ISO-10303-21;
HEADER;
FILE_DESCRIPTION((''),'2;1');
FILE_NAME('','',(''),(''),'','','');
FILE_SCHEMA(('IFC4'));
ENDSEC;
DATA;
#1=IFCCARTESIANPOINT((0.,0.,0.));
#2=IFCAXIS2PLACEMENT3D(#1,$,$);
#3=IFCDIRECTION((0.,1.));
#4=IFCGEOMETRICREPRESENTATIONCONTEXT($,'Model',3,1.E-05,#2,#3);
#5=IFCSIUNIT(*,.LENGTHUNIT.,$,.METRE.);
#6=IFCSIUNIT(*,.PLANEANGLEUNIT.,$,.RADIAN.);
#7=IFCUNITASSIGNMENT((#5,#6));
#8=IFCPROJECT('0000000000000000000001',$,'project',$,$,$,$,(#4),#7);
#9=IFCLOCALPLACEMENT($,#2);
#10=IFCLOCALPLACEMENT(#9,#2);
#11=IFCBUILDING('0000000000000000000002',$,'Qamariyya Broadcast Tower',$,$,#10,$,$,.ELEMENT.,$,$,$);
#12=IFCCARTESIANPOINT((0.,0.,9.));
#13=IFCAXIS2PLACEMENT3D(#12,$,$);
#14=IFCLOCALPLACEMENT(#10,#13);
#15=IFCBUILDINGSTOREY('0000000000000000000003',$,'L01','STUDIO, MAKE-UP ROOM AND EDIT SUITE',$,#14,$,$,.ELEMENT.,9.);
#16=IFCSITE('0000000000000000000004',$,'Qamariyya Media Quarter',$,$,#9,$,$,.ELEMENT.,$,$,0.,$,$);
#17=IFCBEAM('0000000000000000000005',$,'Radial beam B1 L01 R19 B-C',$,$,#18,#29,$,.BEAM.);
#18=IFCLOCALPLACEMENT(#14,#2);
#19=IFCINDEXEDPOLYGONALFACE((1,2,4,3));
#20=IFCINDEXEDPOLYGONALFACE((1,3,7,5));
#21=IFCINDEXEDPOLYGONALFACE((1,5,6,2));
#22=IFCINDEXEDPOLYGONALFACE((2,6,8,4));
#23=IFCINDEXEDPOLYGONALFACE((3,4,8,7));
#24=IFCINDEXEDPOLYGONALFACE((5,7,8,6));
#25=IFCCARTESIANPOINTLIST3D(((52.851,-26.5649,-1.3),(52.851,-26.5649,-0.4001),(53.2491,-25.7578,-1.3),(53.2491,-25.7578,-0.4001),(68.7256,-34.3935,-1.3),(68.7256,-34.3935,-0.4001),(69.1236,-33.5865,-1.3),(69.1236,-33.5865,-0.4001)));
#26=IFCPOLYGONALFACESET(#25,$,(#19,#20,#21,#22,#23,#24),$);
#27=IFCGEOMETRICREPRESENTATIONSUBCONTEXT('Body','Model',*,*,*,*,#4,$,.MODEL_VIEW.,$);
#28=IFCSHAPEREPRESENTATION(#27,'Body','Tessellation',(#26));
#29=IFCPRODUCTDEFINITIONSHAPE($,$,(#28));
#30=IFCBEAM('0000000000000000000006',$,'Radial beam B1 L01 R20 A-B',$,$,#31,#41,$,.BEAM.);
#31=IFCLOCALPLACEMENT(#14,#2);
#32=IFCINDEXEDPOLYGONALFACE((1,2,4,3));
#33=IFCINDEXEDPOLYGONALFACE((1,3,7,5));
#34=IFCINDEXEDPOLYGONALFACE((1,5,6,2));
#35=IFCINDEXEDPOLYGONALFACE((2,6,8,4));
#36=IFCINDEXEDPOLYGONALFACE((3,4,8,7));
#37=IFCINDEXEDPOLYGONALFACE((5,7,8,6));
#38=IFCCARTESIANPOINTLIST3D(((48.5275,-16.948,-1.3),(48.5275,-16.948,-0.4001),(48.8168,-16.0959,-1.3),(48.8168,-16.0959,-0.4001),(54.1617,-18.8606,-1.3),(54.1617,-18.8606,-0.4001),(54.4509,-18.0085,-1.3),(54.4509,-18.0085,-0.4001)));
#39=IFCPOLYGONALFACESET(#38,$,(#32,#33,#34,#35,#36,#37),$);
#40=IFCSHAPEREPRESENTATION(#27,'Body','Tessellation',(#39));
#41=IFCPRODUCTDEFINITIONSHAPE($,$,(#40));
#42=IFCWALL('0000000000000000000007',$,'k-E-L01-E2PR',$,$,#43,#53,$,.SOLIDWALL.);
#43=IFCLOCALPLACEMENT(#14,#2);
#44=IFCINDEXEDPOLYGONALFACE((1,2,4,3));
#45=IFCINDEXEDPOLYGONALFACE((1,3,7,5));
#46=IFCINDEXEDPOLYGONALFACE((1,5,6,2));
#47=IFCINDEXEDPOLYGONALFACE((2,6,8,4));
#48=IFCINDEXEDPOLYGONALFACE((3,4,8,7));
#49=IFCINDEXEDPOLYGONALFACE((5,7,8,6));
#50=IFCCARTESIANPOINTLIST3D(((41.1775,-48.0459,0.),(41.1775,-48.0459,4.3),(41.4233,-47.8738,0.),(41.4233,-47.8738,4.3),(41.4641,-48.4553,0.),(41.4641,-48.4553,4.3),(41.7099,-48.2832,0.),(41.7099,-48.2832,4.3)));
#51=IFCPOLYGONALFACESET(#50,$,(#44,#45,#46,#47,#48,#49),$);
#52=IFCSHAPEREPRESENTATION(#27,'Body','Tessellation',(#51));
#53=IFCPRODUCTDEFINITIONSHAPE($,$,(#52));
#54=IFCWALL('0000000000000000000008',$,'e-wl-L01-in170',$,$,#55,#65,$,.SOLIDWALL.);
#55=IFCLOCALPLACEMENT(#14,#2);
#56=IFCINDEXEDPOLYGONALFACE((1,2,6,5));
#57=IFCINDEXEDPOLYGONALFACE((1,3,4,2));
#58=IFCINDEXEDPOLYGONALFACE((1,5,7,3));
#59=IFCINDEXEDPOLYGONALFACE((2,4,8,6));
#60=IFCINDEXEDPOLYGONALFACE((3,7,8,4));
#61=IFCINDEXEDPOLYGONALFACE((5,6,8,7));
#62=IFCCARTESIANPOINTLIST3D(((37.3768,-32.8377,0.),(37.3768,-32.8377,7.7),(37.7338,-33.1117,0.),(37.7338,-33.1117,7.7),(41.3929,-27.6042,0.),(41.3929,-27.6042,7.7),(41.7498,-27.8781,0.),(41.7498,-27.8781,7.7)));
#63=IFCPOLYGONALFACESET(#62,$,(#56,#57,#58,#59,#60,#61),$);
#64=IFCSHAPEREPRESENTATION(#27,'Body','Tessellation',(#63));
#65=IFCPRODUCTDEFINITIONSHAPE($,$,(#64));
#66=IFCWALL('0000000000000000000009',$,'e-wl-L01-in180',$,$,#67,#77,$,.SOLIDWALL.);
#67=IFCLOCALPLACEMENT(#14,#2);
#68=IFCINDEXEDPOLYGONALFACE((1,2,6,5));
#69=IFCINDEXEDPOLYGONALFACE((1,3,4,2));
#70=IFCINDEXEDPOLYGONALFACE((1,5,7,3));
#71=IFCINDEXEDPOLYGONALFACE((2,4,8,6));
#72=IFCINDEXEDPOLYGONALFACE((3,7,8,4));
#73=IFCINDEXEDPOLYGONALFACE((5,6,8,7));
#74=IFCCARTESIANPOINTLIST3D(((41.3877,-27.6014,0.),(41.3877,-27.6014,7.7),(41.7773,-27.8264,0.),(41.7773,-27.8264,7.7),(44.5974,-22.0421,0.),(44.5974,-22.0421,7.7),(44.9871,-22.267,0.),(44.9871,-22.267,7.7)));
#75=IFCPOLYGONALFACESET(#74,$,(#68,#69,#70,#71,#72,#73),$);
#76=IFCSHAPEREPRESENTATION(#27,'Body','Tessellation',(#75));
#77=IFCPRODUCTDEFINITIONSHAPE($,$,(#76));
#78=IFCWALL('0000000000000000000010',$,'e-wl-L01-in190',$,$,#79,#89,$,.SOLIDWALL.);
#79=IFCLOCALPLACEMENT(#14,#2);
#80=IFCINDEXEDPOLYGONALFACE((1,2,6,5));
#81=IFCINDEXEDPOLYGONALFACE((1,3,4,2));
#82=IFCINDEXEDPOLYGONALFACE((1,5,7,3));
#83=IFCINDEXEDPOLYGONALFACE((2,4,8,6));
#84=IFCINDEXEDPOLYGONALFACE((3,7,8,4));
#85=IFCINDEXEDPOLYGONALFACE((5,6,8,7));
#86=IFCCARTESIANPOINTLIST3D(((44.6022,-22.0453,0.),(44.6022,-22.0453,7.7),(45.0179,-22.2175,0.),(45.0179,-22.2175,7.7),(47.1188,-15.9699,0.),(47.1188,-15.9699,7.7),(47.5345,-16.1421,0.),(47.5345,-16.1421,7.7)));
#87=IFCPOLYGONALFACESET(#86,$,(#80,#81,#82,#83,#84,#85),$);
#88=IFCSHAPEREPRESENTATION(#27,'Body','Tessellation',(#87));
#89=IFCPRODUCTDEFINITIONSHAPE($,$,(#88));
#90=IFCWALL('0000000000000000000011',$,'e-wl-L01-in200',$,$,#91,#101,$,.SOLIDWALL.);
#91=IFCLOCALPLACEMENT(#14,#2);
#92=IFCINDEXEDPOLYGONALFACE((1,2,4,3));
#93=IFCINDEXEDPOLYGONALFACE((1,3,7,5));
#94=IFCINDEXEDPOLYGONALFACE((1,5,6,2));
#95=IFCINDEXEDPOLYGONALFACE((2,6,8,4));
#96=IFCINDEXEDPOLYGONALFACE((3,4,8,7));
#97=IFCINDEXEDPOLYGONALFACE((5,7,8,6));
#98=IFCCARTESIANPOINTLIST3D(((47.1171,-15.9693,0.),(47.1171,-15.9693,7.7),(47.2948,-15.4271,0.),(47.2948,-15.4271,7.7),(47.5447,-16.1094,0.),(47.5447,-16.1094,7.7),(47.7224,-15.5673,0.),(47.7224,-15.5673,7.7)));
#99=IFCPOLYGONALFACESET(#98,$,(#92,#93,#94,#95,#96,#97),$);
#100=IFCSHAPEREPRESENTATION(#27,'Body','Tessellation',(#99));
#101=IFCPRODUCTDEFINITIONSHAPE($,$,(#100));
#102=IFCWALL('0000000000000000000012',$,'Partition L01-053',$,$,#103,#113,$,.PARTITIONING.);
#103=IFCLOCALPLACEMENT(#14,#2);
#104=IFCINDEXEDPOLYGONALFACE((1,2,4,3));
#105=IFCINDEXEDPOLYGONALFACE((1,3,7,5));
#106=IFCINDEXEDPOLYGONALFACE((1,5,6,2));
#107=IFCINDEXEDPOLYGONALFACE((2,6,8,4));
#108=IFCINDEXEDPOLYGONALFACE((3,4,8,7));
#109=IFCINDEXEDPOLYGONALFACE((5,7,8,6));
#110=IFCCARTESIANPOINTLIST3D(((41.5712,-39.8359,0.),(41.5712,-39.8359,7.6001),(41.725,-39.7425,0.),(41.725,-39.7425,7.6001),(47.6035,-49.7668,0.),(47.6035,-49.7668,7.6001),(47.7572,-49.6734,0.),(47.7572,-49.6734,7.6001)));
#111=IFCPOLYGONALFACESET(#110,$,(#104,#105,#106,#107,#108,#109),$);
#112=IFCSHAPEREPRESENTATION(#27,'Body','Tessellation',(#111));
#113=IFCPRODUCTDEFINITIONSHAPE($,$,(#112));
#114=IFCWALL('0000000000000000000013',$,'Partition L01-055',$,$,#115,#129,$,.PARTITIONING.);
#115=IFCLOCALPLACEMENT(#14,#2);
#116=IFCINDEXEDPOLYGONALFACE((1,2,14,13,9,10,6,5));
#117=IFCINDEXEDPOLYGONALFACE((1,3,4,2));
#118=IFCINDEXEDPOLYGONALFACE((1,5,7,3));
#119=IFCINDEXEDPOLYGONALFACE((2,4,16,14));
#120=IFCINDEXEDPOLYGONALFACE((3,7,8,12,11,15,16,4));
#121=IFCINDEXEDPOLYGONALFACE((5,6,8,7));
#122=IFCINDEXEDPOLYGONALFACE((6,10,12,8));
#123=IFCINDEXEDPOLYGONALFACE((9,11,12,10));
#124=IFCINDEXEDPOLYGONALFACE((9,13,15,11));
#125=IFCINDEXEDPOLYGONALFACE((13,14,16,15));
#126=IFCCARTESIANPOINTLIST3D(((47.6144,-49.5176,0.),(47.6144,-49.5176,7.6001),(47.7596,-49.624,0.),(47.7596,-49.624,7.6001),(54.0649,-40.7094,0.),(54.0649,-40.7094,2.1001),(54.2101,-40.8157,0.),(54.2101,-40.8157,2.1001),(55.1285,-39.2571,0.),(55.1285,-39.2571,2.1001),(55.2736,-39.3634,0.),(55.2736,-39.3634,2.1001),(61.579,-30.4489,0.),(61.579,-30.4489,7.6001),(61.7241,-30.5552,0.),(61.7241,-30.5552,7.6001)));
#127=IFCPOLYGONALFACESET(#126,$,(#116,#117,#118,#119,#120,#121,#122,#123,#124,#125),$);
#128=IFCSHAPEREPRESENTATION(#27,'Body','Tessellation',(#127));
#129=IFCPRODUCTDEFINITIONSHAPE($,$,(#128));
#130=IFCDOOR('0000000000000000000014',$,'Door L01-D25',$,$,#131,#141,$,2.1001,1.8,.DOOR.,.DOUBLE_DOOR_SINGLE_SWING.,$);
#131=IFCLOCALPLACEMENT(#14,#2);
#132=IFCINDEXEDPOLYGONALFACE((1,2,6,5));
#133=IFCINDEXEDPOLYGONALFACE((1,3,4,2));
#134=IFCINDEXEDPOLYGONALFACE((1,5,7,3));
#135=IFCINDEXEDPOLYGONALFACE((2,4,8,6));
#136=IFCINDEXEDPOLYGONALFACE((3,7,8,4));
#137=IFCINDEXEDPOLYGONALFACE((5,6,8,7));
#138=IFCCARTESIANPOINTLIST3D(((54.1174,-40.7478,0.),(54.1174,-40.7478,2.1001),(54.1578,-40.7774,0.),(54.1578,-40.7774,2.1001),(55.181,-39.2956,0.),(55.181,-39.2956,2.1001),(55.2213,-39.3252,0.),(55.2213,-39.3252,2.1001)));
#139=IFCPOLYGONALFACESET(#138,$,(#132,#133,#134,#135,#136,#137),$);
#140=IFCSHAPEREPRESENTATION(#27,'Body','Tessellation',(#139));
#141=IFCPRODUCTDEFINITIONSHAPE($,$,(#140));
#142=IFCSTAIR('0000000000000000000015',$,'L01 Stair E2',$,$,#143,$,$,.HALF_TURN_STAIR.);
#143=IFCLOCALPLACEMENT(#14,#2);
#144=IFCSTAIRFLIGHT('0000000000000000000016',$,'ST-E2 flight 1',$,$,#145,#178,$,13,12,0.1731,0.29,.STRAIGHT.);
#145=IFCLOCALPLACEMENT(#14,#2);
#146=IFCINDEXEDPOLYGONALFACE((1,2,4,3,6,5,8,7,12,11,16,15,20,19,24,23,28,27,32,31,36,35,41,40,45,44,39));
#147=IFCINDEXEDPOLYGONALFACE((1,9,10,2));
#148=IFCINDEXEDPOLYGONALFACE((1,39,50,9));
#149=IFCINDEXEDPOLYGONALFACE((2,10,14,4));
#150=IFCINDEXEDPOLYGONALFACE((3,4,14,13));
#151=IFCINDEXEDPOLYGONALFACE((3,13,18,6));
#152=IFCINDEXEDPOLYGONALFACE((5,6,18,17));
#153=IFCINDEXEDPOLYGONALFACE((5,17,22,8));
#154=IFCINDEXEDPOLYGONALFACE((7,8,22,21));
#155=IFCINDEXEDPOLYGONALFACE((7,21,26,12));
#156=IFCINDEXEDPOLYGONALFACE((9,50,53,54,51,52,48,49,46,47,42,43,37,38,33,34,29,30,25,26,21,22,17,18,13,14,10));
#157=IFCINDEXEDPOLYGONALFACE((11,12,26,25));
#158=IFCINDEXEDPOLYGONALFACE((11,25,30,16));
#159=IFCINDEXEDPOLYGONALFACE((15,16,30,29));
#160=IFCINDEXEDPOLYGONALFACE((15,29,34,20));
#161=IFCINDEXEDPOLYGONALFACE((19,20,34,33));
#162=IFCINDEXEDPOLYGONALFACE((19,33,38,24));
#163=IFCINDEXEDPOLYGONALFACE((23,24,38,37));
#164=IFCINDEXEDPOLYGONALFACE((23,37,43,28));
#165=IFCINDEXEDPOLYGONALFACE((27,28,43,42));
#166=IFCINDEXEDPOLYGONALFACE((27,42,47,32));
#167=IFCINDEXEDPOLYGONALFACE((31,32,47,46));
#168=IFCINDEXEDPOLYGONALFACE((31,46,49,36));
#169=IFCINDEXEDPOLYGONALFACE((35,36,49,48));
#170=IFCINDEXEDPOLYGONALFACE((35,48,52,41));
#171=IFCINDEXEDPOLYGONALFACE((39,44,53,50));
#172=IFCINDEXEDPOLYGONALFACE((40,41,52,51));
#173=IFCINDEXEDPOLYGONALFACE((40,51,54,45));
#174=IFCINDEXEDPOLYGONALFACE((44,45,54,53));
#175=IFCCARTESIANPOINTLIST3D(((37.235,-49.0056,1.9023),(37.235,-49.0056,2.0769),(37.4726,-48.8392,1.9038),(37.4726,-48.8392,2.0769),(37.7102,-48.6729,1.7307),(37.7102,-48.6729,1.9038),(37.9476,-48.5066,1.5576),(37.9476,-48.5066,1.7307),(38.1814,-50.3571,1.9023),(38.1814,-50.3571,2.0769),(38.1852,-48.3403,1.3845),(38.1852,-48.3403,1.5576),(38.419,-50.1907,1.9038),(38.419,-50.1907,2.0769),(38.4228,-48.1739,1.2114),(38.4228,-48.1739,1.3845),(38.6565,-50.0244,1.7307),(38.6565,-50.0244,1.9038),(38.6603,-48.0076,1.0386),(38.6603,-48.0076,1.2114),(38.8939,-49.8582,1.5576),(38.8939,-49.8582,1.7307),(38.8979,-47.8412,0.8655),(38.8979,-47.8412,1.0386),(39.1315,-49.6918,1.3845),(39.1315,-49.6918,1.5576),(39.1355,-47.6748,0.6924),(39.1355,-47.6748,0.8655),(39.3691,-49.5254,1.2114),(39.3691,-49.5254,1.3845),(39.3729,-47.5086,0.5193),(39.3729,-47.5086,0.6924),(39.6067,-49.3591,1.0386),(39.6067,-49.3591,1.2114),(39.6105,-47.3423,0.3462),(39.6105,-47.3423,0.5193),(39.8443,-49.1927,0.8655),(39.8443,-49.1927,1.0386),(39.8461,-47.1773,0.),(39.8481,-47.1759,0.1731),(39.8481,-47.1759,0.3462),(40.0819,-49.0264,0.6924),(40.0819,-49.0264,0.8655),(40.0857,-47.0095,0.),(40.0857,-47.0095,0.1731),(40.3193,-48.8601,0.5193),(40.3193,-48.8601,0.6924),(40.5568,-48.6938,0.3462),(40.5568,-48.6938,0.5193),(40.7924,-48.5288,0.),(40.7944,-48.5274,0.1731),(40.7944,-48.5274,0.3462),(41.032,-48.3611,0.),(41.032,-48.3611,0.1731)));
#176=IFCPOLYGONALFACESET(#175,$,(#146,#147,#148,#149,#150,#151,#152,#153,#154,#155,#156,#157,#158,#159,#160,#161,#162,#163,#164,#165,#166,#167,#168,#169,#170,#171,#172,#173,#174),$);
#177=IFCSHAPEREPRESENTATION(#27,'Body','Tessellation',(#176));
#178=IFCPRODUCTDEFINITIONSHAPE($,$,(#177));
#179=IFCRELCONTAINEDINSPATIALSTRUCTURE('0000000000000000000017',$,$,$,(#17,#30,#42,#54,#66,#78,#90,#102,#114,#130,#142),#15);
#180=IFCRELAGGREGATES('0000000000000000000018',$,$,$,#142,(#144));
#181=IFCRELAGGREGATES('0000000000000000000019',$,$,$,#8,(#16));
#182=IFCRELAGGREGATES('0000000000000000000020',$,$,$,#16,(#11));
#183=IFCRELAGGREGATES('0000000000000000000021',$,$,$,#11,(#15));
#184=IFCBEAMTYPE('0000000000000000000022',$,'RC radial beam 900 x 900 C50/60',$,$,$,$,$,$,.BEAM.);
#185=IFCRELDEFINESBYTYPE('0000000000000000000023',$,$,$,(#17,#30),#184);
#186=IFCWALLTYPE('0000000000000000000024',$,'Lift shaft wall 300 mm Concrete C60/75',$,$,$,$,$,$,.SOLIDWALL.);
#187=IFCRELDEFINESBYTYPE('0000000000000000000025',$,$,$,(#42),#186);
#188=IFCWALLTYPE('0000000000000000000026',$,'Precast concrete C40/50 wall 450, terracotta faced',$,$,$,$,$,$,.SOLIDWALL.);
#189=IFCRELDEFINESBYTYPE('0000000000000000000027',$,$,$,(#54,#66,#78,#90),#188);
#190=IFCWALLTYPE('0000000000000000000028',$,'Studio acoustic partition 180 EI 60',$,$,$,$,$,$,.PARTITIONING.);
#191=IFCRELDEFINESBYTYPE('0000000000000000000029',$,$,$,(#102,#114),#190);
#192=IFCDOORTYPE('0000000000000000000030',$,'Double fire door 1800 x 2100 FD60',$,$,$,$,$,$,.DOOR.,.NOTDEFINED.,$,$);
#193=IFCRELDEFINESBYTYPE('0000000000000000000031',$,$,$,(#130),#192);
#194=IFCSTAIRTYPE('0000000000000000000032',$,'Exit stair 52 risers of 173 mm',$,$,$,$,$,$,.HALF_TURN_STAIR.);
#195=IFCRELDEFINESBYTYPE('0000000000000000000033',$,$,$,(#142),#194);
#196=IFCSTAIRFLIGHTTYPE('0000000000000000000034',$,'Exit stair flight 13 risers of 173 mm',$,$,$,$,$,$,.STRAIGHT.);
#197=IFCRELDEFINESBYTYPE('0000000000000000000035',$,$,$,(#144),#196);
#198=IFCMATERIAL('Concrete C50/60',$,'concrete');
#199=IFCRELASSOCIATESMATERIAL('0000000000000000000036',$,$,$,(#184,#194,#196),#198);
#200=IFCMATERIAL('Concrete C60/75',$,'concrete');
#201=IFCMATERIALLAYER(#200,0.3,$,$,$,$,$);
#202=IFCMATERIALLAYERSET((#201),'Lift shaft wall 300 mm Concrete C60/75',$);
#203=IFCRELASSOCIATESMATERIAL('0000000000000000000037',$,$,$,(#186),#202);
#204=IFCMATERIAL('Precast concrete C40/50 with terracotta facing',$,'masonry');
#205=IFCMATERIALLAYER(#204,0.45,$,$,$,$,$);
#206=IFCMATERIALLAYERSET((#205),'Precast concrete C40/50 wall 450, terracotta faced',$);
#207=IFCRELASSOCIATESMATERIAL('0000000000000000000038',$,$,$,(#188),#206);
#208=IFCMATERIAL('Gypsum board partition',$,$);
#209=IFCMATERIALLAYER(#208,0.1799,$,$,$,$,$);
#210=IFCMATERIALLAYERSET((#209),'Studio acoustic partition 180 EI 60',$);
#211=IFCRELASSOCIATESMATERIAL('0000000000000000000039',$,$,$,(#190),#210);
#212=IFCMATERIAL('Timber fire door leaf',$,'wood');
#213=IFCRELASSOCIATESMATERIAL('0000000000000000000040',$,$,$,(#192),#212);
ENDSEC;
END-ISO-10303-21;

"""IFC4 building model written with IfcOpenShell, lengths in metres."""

from ifc_helpers import new_model, si_unit, direction, frame, frame_2d, origin, origin_2d, place, context, subcontext, project, spatial, polyline, rectangle, outline, extrude, material, layer, layer_set, material_profile, profile_set, type_object, element, fill, aggregate, save


model = new_model("IFC4")

# Units and contexts
model_context = context("Model", 3, precision=1e-05, world=origin(), true_north=direction((0.0, 1.0)))
body_context = subcontext(model_context, "Body", "Model", "MODEL_VIEW")
ifc_project = project(units=[si_unit("LENGTHUNIT", "METRE"), si_unit("PLANEANGLEUNIT", "RADIAN")], contexts=[model_context])

# Site, building, storey
site_placement = place(None, origin())
site = spatial("IfcSite", under=ifc_project, at=site_placement, Name="Qamariyya Media Quarter", CompositionType="ELEMENT", RefElevation=0.0)
building_placement = place(site_placement, origin())
building = spatial("IfcBuilding", under=site, at=building_placement, Name="Qamariyya Broadcast Tower", CompositionType="ELEMENT")
storey_placement = place(building_placement, frame((0.0, 0.0, 9.0)))
storey = spatial("IfcBuildingStorey", under=building, at=storey_placement, Name="L01", Description="STUDIO, MAKE-UP ROOM AND EDIT SUITE", CompositionType="ELEMENT", Elevation=9.0)

# Beams
ifc_material_1 = material(Name="Concrete C50/60", Category="concrete")
ifc_material_profile_1 = material_profile(ifc_material_1, rectangle(XDim=0.8999, YDim=0.8999, at=origin_2d()))
ifc_profile_set_1 = profile_set([ifc_material_profile_1], Name="Concrete C50/60")
beam_type_1 = type_object("IfcBeamType", Name="RC radial beam 900 x 900 C50/60", PredefinedType="BEAM", material=ifc_profile_set_1)
beam_1_placement = place(storey_placement, frame((53.05, -26.1614, -0.8501), z_axis=(0.896869, -0.442296, 0.0), x_axis=(0.442296, 0.896869, 0.0)))
element("IfcBeam", 1, at=beam_1_placement, inside=storey, type_object=beam_type_1, Name="Radial beam B1 L01 R19 B-C", PredefinedType="BEAM", context=body_context, shape_type="SweptSolid", body=[
    extrude(rectangle(XDim=0.8999, YDim=0.8999, at=origin_2d()), origin(), (0.0, 0.0, 1.0), 17.7),
])
beam_2_placement = place(storey_placement, frame((48.6721, -16.522, -0.8501), z_axis=(0.946929, -0.321442, 0.0), x_axis=(0.321442, 0.946929, 0.0)))
element("IfcBeam", 2, at=beam_2_placement, inside=storey, type_object=beam_type_1, Name="Radial beam B1 L01 R20 A-B", PredefinedType="BEAM", context=body_context, shape_type="SweptSolid", body=[
    extrude(rectangle(XDim=0.8999, YDim=0.8999, at=origin_2d()), origin(), (0.0, 0.0, 1.0), 5.95),
])

# Walls
ifc_material_2 = material(Name="Concrete C60/75", Category="concrete")
ifc_layer_1 = layer(ifc_material_2, 0.3)
ifc_layer_set_1 = layer_set([ifc_layer_1], Name="Lift shaft wall 300 mm Concrete C60/75")
wall_type_1 = type_object("IfcWallType", Name="Lift shaft wall 300 mm Concrete C60/75", PredefinedType="SOLIDWALL", material=ifc_layer_set_1)
wall_1_placement = place(storey_placement, frame((41.3003, -47.9597, 0.0), z_axis=(0.0, 0.0, 1.0), x_axis=(0.573495, -0.819209, 0.0)))
element("IfcWall", 3, at=wall_1_placement, inside=storey, type_object=wall_type_1, Name="k-E-L01-E2PR", PredefinedType="SOLIDWALL", context=body_context, shape_type="SweptSolid", body=[
    extrude(rectangle(XDim=0.4998, YDim=0.3, at=frame_2d((0.25, 0.0))), origin(), (0.0, 0.0, 1.0), 4.3),
])
ifc_material_3 = material(Name="Precast concrete C40/50 with terracotta facing", Category="masonry")
ifc_layer_2 = layer(ifc_material_3, 0.45)
ifc_layer_set_2 = layer_set([ifc_layer_2], Name="Precast concrete C40/50 wall 450, terracotta faced")
wall_type_2 = type_object("IfcWallType", Name="Precast concrete C40/50 wall 450, terracotta faced", PredefinedType="SOLIDWALL", material=ifc_layer_set_2)
wall_2_placement = place(storey_placement, frame((41.5713, -27.7412, 0.0), z_axis=(0.0, 0.0, 1.0), x_axis=(-0.60878, -0.793339, 0.0)))
element("IfcWall", 4, at=wall_2_placement, inside=storey, type_object=wall_type_2, Name="e-wl-L01-in170", PredefinedType="SOLIDWALL", context=body_context, shape_type="SweptSolid", body=[
    extrude(rectangle(XDim=6.5969, YDim=0.45, at=frame_2d((3.2983, 0.0))), origin(), (0.0, 0.0, 1.0), 7.7),
])
wall_3_placement = place(storey_placement, frame((44.7922, -22.1545, 0.0), z_axis=(0.0, 0.0, 1.0), x_axis=(-0.500004, -0.866023, 0.0)))
element("IfcWall", 5, at=wall_3_placement, inside=storey, type_object=wall_type_2, Name="e-wl-L01-in180", PredefinedType="SOLIDWALL", context=body_context, shape_type="SweptSolid", body=[
    extrude(rectangle(XDim=6.4194, YDim=0.45, at=frame_2d((3.2097, 0.0))), origin(), (0.0, 0.0, 1.0), 7.7),
])
wall_4_placement = place(storey_placement, frame((47.3267, -16.0559, 0.0), z_axis=(0.0, 0.0, 1.0), x_axis=(-0.382693, -0.923876, 0.0)))
element("IfcWall", 6, at=wall_4_placement, inside=storey, type_object=wall_type_2, Name="e-wl-L01-in190", PredefinedType="SOLIDWALL", context=body_context, shape_type="SweptSolid", body=[
    extrude(rectangle(XDim=6.5759, YDim=0.45, at=frame_2d((3.2881, 0.0))), origin(), (0.0, 0.0, 1.0), 7.7),
])
wall_5_placement = place(storey_placement, frame((47.5085, -15.4973, 0.0), z_axis=(0.0, 0.0, 1.0), x_axis=(-0.311475, -0.950254, 0.0)))
element("IfcWall", 7, at=wall_5_placement, inside=storey, type_object=wall_type_2, Name="e-wl-L01-in200", PredefinedType="SOLIDWALL", context=body_context, shape_type="SweptSolid", body=[
    extrude(rectangle(XDim=0.5706, YDim=0.45, at=frame_2d((0.2852, 0.0))), origin(), (0.0, 0.0, 1.0), 7.7),
])
ifc_material_4 = material(Name="Gypsum board partition")
ifc_layer_3 = layer(ifc_material_4, 0.1799)
ifc_layer_set_3 = layer_set([ifc_layer_3], Name="Studio acoustic partition 180 EI 60")
wall_type_3 = type_object("IfcWallType", Name="Studio acoustic partition 180 EI 60", PredefinedType="PARTITIONING", material=ifc_layer_set_3)
wall_6_placement = place(storey_placement, frame((41.6482, -39.7893, 0.0), z_axis=(0.0, 0.0, 1.0), x_axis=(0.519151, -0.854683, 0.0)))
element("IfcWall", 8, at=wall_6_placement, inside=storey, type_object=wall_type_3, Name="Partition L01-053", PredefinedType="PARTITIONING", context=body_context, shape_type="SweptSolid", body=[
    extrude(rectangle(XDim=11.6194, YDim=0.1799, at=frame_2d((5.8096, 0.0))), origin(), (0.0, 0.0, 1.0), 7.6001),
])

# Wall, opening, door
wall_7_placement = place(storey_placement, frame((47.687, -49.5708, 0.0), z_axis=(0.0, 0.0, 1.0), x_axis=(0.590835, 0.806793, 0.0)))
wall_7 = element("IfcWall", 9, at=wall_7_placement, inside=storey, type_object=wall_type_3, Name="Partition L01-055", PredefinedType="PARTITIONING", context=body_context, shape_type="SweptSolid", body=[
    extrude(rectangle(XDim=23.6353, YDim=0.1799, at=frame_2d((11.8176, 0.0))), origin(), (0.0, 0.0, 1.0), 7.6001),
])
opening_placement = place(wall_7_placement, frame((10.9177, 0.0, 0.0)))
opening = element("IfcOpeningElement", 10, at=opening_placement, cuts=wall_7, PredefinedType="OPENING", context=body_context, shape_type="SweptSolid", body=[
    extrude(rectangle(XDim=1.8, YDim=2.1001, at=frame_2d((0.8999, 1.05))), frame((0.0, 0.0999, 0.0), z_axis=(0.0, -1.0, 0.0), x_axis=(1.0, 0.0, 0.0)), (0.0, 0.0, 1.0), 0.2),
])
ifc_material_5 = material(Name="Timber fire door leaf", Category="wood")
door_type = type_object("IfcDoorType", Name="Double fire door 1800 x 2100 FD60", OperationType="NOTDEFINED", PredefinedType="DOOR", material=ifc_material_5)
door_placement = place(opening_placement, origin())
door = element("IfcDoor", 11, at=door_placement, inside=storey, type_object=door_type, Name="Door L01-D25", OperationType="DOUBLE_DOOR_SINGLE_SWING", OverallHeight=2.1001, OverallWidth=1.8, PredefinedType="DOOR", context=body_context, shape_type="SweptSolid", body=[
    extrude(rectangle(XDim=1.8, YDim=2.1001, at=frame_2d((0.8999, 1.05))), frame((0.0, 0.0249, 0.0), z_axis=(0.0, -1.0, 0.0), x_axis=(1.0, 0.0, 0.0)), (0.0, 0.0, 1.0), 0.05),
])
fill(opening, door)

# Stair, stair flight
stair_type = type_object("IfcStairType", Name="Exit stair 52 risers of 173 mm", PredefinedType="HALF_TURN_STAIR", material=ifc_material_1)
stair_placement = place(storey_placement, origin())
stair = element("IfcStair", 12, at=stair_placement, inside=storey, type_object=stair_type, Name="L01 Stair E2", PredefinedType="HALF_TURN_STAIR")
stair_flight_type = type_object("IfcStairFlightType", Name="Exit stair flight 13 risers of 173 mm", PredefinedType="STRAIGHT", material=ifc_material_1)
stair_flight_1_placement = place(storey_placement, frame((40.5588, -47.6853, 0.0), z_axis=(0.0, 0.0, 1.0), x_axis=(-0.819152, -0.573576, 0.0)))
stair_flight_1 = element("IfcStairFlight", 13, at=stair_flight_1_placement, type_object=stair_flight_type, Name="ST-E2 flight 1", NumberOfRisers=13, NumberOfTreads=12, PredefinedType="STRAIGHT", RiserHeight=0.1731, TreadLength=0.29, context=body_context, shape_type="SweptSolid", body=[
    extrude(outline(polyline([(0.0, 0.0), (0.0, 0.1731), (0.29, 0.1731), (0.29, 0.3462), (0.5801, 0.3462), (0.5801, 0.5193), (0.8701, 0.5193), (0.8701, 0.6924), (1.1599, 0.6924), (1.1599, 0.8655), (1.45, 0.8655), (1.45, 1.0386), (1.74, 1.0386), (1.74, 1.2114), (2.03, 1.2114), (2.03, 1.3845), (2.3201, 1.3845), (2.3201, 1.5576), (2.6101, 1.5576), (2.6101, 1.7307), (2.8999, 1.7307), (2.8999, 1.9038), (3.1899, 1.9038), (3.1899, 2.0769), (3.48, 2.0769), (3.48, 2.25), (3.48, 1.9023), (0.2925, 0.0), (0.0, 0.0)])), frame((0.0, 0.825, 0.0), z_axis=(0.0, -1.0, 0.0), x_axis=(1.0, 0.0, 0.0)), (0.0, 0.0, 1.0), 1.6499),
])
aggregate(stair, [stair_flight_1])

save(model, "model.ifc")
